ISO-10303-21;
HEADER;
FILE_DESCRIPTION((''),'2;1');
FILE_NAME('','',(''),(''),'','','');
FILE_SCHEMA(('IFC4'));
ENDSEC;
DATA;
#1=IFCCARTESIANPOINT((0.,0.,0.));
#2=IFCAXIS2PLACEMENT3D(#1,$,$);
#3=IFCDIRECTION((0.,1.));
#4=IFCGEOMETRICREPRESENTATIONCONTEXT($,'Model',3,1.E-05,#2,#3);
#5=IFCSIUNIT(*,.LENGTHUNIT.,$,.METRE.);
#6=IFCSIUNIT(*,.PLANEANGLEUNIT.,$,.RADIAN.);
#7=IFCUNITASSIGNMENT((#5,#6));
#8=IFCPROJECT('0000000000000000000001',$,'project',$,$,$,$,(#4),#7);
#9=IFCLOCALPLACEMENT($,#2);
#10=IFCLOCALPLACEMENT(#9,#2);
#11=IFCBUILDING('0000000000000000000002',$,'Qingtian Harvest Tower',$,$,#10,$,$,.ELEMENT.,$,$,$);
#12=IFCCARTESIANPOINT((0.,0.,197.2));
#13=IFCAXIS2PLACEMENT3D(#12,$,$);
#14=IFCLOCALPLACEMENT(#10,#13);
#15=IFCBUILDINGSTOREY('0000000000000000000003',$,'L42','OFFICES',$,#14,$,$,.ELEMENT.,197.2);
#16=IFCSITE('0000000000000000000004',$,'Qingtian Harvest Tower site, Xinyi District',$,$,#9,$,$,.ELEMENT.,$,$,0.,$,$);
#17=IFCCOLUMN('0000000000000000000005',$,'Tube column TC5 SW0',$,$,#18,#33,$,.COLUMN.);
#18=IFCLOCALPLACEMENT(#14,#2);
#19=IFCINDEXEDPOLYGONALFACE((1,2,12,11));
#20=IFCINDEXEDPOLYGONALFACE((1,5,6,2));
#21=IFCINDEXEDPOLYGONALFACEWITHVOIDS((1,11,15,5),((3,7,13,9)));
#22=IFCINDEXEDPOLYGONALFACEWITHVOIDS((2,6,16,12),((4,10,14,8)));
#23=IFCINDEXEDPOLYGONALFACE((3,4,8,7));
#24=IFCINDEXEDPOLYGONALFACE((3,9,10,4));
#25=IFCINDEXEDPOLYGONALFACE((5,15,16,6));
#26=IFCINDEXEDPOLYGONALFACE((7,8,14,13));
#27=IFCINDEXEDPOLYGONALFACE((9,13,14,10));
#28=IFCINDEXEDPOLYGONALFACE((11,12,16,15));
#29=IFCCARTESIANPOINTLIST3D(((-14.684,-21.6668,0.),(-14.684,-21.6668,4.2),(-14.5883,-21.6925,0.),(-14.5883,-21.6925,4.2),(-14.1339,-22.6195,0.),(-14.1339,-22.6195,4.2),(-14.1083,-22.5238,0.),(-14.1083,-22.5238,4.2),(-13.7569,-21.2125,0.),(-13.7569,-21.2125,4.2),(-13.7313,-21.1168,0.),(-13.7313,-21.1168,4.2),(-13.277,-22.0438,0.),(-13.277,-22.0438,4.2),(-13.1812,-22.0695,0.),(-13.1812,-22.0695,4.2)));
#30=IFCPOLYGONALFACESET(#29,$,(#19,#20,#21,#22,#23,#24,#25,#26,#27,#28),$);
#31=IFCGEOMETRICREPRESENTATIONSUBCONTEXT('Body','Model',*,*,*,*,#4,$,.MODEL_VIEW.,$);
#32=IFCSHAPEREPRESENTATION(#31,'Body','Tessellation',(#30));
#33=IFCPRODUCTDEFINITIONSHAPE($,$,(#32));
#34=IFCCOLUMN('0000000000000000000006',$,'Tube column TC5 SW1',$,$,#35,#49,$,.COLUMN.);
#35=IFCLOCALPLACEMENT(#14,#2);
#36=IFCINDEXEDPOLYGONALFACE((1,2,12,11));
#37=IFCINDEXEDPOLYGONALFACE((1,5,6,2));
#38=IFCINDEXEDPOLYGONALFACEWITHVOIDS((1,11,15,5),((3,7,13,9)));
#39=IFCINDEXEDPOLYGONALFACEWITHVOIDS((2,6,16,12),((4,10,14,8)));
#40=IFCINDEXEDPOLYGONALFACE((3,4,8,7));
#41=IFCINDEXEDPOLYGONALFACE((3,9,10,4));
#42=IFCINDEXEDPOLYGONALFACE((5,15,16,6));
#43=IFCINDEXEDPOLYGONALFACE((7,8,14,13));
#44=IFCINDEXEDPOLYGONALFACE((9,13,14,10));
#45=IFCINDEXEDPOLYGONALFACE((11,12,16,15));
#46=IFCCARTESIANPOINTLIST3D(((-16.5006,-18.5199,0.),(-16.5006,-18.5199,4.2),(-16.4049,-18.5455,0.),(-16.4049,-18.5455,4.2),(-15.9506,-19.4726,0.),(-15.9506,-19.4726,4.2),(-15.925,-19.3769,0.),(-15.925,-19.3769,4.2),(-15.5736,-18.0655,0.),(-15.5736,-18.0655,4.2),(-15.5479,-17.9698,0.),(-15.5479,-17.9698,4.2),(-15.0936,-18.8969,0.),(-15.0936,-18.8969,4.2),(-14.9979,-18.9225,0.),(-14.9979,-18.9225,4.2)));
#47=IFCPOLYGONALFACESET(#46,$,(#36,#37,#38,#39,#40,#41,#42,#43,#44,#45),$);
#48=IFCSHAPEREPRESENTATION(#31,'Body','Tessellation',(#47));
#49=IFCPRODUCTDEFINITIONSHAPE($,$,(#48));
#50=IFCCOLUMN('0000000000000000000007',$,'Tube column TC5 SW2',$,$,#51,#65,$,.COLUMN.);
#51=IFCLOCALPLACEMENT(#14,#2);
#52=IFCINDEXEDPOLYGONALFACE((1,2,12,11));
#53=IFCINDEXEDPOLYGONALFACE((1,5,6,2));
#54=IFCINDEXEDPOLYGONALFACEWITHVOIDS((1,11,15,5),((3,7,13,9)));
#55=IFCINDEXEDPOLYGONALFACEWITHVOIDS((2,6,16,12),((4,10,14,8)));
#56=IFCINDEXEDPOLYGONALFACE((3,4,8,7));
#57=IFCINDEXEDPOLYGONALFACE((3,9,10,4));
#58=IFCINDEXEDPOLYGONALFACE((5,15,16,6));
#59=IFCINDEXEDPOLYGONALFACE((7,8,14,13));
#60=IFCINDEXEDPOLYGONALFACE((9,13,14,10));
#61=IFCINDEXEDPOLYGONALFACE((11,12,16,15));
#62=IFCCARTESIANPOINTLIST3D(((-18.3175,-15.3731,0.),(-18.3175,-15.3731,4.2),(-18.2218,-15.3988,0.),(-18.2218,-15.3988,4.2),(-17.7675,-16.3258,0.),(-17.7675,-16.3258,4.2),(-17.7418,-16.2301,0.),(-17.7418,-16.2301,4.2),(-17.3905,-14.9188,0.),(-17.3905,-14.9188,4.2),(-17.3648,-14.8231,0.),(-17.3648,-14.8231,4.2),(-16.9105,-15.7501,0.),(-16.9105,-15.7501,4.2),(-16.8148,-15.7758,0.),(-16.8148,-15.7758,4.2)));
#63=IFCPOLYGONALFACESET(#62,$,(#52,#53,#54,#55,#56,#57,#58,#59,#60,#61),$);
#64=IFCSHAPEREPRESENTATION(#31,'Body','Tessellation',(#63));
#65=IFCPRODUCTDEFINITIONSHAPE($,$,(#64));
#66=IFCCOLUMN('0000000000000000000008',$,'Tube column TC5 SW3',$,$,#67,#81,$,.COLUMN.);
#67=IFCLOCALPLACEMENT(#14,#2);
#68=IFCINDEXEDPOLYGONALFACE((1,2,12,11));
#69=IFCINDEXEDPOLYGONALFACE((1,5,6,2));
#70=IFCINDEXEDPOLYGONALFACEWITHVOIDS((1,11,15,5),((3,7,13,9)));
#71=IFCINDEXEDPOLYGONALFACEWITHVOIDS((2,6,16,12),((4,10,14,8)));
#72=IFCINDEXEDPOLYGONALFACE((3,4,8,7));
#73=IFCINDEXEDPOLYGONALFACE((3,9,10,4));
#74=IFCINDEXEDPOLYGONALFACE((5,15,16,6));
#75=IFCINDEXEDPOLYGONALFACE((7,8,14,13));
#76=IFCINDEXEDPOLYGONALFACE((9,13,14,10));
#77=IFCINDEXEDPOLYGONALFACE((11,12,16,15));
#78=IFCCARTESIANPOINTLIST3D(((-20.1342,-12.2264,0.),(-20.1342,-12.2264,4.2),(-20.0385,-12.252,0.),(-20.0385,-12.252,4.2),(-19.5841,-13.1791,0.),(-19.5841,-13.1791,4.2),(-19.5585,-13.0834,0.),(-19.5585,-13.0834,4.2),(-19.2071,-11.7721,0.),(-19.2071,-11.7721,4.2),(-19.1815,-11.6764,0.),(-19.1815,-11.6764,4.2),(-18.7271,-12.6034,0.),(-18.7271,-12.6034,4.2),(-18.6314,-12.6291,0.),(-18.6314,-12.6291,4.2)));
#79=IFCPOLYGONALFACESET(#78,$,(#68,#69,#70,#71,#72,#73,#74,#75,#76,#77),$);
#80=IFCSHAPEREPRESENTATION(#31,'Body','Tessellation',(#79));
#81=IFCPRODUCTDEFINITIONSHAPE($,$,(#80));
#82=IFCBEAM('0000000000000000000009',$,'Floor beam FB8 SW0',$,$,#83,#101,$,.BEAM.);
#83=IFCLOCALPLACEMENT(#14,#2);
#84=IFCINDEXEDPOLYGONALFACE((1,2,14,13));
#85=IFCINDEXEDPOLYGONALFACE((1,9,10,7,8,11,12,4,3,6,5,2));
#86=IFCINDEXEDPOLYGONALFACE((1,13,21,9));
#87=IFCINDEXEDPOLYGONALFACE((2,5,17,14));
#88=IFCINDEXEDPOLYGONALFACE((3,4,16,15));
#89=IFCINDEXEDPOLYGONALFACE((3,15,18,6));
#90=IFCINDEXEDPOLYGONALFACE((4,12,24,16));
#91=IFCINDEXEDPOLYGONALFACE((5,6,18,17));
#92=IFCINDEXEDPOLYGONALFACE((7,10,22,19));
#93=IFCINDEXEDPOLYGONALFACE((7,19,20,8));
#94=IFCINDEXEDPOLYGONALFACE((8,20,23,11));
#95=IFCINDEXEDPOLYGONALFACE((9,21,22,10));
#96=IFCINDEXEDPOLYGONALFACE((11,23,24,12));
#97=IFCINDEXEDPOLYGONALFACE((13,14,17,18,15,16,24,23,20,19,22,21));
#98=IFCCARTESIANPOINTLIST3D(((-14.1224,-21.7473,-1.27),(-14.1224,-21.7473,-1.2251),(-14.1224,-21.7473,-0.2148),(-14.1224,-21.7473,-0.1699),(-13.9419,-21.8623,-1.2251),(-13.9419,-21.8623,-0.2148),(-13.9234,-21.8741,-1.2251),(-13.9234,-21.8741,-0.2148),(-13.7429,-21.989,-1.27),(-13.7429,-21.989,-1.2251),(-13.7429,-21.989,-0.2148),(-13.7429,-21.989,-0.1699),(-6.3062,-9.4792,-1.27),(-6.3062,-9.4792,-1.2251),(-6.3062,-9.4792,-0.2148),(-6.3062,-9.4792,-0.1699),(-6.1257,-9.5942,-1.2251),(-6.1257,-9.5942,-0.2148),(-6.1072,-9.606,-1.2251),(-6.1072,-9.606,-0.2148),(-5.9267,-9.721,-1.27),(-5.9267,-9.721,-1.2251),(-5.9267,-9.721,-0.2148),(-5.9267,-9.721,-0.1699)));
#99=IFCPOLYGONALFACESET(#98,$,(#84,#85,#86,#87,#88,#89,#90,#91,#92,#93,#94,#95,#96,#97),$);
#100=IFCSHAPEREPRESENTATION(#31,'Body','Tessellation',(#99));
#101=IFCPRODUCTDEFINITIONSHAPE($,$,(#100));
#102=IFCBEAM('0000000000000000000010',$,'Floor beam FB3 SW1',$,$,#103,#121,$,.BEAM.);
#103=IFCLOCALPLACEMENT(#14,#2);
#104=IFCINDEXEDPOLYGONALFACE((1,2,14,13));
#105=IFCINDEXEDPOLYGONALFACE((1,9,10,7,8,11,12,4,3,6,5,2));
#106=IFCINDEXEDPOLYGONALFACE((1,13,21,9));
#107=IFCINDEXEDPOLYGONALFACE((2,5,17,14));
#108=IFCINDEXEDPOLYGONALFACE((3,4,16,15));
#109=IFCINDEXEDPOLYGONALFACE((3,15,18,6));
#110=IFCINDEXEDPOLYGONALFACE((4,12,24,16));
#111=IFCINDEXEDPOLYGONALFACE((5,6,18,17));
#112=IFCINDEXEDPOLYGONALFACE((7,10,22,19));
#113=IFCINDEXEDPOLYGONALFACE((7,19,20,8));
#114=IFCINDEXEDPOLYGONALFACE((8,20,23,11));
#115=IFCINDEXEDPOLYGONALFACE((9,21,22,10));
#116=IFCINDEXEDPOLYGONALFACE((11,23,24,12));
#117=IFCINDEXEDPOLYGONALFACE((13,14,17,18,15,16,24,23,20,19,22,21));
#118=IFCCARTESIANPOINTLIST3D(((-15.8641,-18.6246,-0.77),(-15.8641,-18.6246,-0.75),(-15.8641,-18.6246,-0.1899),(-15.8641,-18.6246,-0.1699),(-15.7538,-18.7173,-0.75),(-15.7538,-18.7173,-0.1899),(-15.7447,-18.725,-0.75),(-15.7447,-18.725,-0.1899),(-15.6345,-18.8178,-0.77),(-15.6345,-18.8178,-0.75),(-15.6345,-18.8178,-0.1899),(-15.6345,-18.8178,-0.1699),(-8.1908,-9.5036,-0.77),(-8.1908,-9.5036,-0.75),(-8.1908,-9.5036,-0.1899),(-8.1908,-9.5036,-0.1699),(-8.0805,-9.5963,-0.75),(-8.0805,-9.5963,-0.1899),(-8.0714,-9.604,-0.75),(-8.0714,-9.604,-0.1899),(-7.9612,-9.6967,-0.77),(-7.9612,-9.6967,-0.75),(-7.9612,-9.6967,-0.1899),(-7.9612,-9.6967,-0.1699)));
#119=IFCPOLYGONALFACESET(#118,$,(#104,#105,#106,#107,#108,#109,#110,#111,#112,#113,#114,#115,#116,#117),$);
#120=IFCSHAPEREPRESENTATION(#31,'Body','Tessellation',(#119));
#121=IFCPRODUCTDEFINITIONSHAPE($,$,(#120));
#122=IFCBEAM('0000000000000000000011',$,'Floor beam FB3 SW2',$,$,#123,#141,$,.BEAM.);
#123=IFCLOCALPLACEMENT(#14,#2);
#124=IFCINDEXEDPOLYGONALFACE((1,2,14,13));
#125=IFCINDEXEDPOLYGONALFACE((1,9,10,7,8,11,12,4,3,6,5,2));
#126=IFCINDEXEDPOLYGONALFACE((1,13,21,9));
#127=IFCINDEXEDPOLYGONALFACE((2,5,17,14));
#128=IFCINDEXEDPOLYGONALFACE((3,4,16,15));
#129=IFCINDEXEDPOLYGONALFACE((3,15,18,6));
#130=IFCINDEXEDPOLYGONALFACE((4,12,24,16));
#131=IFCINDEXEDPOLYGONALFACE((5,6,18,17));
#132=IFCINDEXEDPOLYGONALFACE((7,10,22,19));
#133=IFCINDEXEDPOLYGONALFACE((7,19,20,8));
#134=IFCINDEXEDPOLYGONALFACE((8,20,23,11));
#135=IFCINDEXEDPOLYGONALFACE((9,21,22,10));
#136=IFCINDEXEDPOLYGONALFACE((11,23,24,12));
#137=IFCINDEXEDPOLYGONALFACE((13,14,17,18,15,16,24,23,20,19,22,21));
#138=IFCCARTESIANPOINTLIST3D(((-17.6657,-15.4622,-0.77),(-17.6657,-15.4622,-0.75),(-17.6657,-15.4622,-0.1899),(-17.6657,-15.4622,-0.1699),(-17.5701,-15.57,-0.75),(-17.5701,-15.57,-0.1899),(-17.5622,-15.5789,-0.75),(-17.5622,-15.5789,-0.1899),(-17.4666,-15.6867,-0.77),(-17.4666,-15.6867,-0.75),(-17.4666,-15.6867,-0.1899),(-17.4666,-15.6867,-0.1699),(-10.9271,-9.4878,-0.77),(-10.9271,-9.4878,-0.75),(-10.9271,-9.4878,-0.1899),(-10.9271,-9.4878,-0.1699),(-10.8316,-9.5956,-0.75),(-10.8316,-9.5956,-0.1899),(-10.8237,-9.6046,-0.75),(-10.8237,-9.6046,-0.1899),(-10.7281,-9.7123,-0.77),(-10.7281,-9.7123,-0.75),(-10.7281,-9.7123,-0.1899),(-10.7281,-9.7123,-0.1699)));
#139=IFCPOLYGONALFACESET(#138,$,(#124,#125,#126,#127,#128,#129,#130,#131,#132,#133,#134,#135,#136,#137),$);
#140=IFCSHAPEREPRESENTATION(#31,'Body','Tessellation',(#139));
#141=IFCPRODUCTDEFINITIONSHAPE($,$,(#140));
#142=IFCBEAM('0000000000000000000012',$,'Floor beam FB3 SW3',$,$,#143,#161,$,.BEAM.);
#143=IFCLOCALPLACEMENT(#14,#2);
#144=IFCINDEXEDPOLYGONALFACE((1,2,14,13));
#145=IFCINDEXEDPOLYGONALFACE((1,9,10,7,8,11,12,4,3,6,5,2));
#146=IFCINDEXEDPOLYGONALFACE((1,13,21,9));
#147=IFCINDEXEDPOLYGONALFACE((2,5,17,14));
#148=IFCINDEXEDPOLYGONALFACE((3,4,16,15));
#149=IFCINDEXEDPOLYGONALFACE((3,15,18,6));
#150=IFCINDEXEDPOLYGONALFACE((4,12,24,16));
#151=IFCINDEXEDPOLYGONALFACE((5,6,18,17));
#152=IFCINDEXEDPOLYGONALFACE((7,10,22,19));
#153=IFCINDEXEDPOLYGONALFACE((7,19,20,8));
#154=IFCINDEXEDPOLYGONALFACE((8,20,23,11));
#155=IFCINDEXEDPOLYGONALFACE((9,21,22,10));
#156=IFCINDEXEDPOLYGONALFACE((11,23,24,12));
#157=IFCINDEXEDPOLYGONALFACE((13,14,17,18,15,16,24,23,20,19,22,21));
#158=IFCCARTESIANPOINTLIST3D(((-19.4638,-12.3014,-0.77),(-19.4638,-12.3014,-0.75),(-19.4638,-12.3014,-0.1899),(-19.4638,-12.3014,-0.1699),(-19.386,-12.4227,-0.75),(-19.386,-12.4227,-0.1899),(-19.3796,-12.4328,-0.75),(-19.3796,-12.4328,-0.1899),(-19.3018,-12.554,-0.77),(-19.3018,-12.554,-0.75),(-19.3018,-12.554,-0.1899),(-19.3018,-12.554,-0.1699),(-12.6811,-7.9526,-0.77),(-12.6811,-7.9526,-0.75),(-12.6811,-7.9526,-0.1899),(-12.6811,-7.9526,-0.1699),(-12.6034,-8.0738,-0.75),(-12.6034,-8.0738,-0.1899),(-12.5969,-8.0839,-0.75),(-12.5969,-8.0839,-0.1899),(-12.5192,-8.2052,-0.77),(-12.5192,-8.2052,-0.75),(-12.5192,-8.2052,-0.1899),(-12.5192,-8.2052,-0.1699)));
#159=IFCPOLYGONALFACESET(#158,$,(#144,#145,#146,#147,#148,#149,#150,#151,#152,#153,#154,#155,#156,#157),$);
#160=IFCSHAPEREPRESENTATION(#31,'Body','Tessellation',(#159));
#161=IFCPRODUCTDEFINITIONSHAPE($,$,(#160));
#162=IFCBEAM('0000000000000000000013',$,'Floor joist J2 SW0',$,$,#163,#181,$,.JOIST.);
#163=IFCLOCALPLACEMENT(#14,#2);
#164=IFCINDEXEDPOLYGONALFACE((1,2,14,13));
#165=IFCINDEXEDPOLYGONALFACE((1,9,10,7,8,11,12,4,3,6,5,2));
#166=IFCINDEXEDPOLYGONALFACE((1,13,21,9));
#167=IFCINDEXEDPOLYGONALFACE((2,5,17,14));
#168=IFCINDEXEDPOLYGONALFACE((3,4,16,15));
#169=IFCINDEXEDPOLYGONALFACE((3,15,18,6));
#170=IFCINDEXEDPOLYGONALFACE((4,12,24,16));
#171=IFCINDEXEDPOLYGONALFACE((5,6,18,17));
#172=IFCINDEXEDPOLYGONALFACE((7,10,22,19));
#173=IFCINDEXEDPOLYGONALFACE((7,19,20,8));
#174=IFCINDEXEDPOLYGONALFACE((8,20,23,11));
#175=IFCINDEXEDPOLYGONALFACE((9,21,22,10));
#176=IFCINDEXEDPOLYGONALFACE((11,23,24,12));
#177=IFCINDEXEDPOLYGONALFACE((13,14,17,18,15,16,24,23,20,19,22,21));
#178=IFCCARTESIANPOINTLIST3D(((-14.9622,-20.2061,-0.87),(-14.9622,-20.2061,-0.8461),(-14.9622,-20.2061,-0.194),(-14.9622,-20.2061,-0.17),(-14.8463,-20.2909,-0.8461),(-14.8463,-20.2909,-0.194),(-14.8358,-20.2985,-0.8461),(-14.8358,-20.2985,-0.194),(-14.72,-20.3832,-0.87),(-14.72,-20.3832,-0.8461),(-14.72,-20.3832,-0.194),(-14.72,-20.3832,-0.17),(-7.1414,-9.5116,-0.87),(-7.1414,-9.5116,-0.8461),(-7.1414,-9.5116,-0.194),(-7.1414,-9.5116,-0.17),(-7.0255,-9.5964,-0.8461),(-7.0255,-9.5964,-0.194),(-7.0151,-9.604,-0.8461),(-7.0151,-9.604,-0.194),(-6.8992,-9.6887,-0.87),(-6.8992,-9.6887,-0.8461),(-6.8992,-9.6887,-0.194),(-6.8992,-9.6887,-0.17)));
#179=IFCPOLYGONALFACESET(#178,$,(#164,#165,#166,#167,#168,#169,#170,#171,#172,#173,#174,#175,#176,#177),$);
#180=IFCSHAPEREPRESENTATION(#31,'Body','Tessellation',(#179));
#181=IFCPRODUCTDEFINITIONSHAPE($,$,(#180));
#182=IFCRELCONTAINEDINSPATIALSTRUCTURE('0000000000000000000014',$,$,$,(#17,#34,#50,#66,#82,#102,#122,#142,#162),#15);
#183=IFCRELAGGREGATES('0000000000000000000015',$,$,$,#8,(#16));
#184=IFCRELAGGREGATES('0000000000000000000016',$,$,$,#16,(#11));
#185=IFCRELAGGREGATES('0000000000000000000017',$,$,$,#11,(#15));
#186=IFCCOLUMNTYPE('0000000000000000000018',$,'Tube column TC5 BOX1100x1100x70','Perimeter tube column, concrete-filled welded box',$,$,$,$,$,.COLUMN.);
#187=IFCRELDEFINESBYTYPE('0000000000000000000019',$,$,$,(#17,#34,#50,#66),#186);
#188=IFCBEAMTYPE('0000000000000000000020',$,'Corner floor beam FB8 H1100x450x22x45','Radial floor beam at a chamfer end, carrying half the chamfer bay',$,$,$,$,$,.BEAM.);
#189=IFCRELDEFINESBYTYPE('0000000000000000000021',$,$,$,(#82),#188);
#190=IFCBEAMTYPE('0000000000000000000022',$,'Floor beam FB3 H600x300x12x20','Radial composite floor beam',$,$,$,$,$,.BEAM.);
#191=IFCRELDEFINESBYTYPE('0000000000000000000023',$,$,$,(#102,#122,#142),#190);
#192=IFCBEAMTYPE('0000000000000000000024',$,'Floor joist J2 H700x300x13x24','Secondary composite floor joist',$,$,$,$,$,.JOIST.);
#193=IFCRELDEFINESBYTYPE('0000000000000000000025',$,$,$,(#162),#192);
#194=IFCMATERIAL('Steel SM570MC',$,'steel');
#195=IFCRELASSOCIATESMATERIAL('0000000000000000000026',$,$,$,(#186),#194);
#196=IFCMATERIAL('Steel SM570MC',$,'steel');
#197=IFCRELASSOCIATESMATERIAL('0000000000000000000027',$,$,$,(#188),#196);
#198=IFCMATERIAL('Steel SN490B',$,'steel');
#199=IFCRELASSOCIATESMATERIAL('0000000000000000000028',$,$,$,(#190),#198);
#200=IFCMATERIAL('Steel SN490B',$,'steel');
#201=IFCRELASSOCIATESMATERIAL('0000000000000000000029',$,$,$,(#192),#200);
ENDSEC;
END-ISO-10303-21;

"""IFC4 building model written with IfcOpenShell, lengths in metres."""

from ifc_helpers import new_model, si_unit, direction, frame, origin, origin_2d, place, context, subcontext, project, spatial, hollow_rectangle, i_section, extrude, material, material_profile, profile_set, type_object, element, save


model = new_model("IFC4")

# Units and contexts
model_context = context("Model", 3, precision=1e-05, world=origin(), true_north=direction((0.0, 1.0)))
body_context = subcontext(model_context, "Body", "Model", "MODEL_VIEW")
ifc_project = project(units=[si_unit("LENGTHUNIT", "METRE"), si_unit("PLANEANGLEUNIT", "RADIAN")], contexts=[model_context])

# Site, building, storey
site_placement = place(None, origin())
site = spatial("IfcSite", under=ifc_project, at=site_placement, Name="Qingtian Harvest Tower site, Xinyi District", CompositionType="ELEMENT", RefElevation=0.0)
building_placement = place(site_placement, origin())
building = spatial("IfcBuilding", under=site, at=building_placement, Name="Qingtian Harvest Tower", CompositionType="ELEMENT")
storey_placement = place(building_placement, frame((0.0, 0.0, 197.2)))
storey = spatial("IfcBuildingStorey", under=building, at=storey_placement, Name="L42", Description="OFFICES", CompositionType="ELEMENT", Elevation=197.2)

# Columns
ifc_material_1 = material(Name="Steel SM570MC", Category="steel")
ifc_material_profile_1 = material_profile(ifc_material_1, hollow_rectangle(XDim=1.1001, YDim=1.1001, WallThickness=0.0701, at=origin_2d()), Name="BOX1100x1100x70")
ifc_profile_set_1 = profile_set([ifc_material_profile_1], Name="Steel SM570MC")
column_type = type_object("IfcColumnType", Name="Tube column TC5 BOX1100x1100x70", Description="Perimeter tube column, concrete-filled welded box", PredefinedType="COLUMN", material=ifc_profile_set_1)
for number, where, z_axis, x_axis, name in (
    (1, (-13.9326, -21.8682, 0.0), (0.0, 0.0, 1.0), (0.5, -0.866025, 0.0), "Tube column TC5 SW0"),
    (2, (-15.7493, -18.7212, 0.0), (0.0, 0.0, 1.0), (0.5, -0.866025, 0.0), "Tube column TC5 SW1"),
    (3, (-17.5662, -15.5745, 0.0), (0.0, 0.0, 1.0), (0.5, -0.866025, 0.0), "Tube column TC5 SW2"),
    (4, (-19.3828, -12.4277, 0.0), (0.0, 0.0, 1.0), (0.5, -0.866025, 0.0), "Tube column TC5 SW3"),
):
    element("IfcColumn", number, at=place(storey_placement, frame(where, z_axis=z_axis, x_axis=x_axis)), inside=storey, type_object=column_type, Name=name, PredefinedType="COLUMN", context=body_context, shape_type="SweptSolid", body=[
        extrude(hollow_rectangle(XDim=1.1001, YDim=1.1001, WallThickness=0.0701, at=origin_2d()), origin(), (0.0, 0.0, 1.0), 4.2),
    ])

# Beams
ifc_material_2 = material(Name="Steel SM570MC", Category="steel")
ifc_material_profile_2 = material_profile(ifc_material_2, i_section(OverallWidth=0.45, OverallDepth=1.1001, WebThickness=0.022, FlangeThickness=0.0449, at=origin_2d()), Name="H1100x450x22x45")
ifc_profile_set_2 = profile_set([ifc_material_profile_2], Name="Steel SM570MC")
beam_type_1 = type_object("IfcBeamType", Name="Corner floor beam FB8 H1100x450x22x45", Description="Radial floor beam at a chamfer end, carrying half the chamfer bay", PredefinedType="BEAM", material=ifc_profile_set_2)
beam_1_placement = place(storey_placement, frame((-13.9326, -21.8682, -0.72), z_axis=(0.537326, 0.843375, 0.0), x_axis=(-0.843375, 0.537326, 0.0)))
element("IfcBeam", 5, at=beam_1_placement, inside=storey, type_object=beam_type_1, Name="Floor beam FB8 SW0", PredefinedType="BEAM", context=body_context, shape_type="SweptSolid", body=[
    extrude(i_section(OverallWidth=0.45, OverallDepth=1.1001, WebThickness=0.022, FlangeThickness=0.0449, at=origin_2d()), origin(), (0.0, 0.0, 1.0), 14.5464),
])
ifc_material_3 = material(Name="Steel SN490B", Category="steel")
ifc_material_profile_3 = material_profile(ifc_material_3, i_section(OverallWidth=0.3, OverallDepth=0.6001, WebThickness=0.012, FlangeThickness=0.02, at=origin_2d()), Name="H600x300x12x20")
ifc_profile_set_3 = profile_set([ifc_material_profile_3], Name="Steel SN490B")
beam_type_2 = type_object("IfcBeamType", Name="Floor beam FB3 H600x300x12x20", Description="Radial composite floor beam", PredefinedType="BEAM", material=ifc_profile_set_3)
beam_2_placement = place(storey_placement, frame((-15.7493, -18.7212, -0.47), z_axis=(0.643764, 0.765224, 0.0), x_axis=(-0.765224, 0.643764, 0.0)))
element("IfcBeam", 6, at=beam_2_placement, inside=storey, type_object=beam_type_2, Name="Floor beam FB3 SW1", PredefinedType="BEAM", context=body_context, shape_type="SweptSolid", body=[
    extrude(i_section(OverallWidth=0.3, OverallDepth=0.6001, WebThickness=0.012, FlangeThickness=0.02, at=origin_2d()), origin(), (0.0, 0.0, 1.0), 11.9194),
])
beam_3_placement = place(storey_placement, frame((-17.5662, -15.5745, -0.47), z_axis=(0.74826, 0.663406, 0.0), x_axis=(-0.663406, 0.74826, 0.0)))
element("IfcBeam", 7, at=beam_3_placement, inside=storey, type_object=beam_type_2, Name="Floor beam FB3 SW2", PredefinedType="BEAM", context=body_context, shape_type="SweptSolid", body=[
    extrude(i_section(OverallWidth=0.3, OverallDepth=0.6001, WebThickness=0.012, FlangeThickness=0.02, at=origin_2d()), origin(), (0.0, 0.0, 1.0), 9.0056),
])
beam_4_placement = place(storey_placement, frame((-19.3828, -12.4277, -0.47), z_axis=(0.841824, 0.539753, 0.0), x_axis=(-0.539753, 0.841824, 0.0)))
element("IfcBeam", 8, at=beam_4_placement, inside=storey, type_object=beam_type_2, Name="Floor beam FB3 SW3", PredefinedType="BEAM", context=body_context, shape_type="SweptSolid", body=[
    extrude(i_section(OverallWidth=0.3, OverallDepth=0.6001, WebThickness=0.012, FlangeThickness=0.02, at=origin_2d()), origin(), (0.0, 0.0, 1.0), 8.0571),
])
ifc_material_4 = material(Name="Steel SN490B", Category="steel")
ifc_material_profile_4 = material_profile(ifc_material_4, i_section(OverallWidth=0.3, OverallDepth=0.7, WebThickness=0.0129, FlangeThickness=0.0239, at=origin_2d()), Name="H700x300x13x24")
ifc_profile_set_4 = profile_set([ifc_material_profile_4], Name="Steel SN490B")
beam_type_3 = type_object("IfcBeamType", Name="Floor joist J2 H700x300x13x24", Description="Secondary composite floor joist", PredefinedType="JOIST", material=ifc_profile_set_4)
beam_5_placement = place(storey_placement, frame((-14.8411, -20.2947, -0.52), z_axis=(0.590289, 0.807192, 0.0), x_axis=(-0.807192, 0.590289, 0.0)))
element("IfcBeam", 9, at=beam_5_placement, inside=storey, type_object=beam_type_3, Name="Floor joist J2 SW0", PredefinedType="JOIST", context=body_context, shape_type="SweptSolid", body=[
    extrude(i_section(OverallWidth=0.3, OverallDepth=0.7, WebThickness=0.0129, FlangeThickness=0.0239, at=origin_2d()), origin(), (0.0, 0.0, 1.0), 13.249),
])

save(model, "model.ifc")
